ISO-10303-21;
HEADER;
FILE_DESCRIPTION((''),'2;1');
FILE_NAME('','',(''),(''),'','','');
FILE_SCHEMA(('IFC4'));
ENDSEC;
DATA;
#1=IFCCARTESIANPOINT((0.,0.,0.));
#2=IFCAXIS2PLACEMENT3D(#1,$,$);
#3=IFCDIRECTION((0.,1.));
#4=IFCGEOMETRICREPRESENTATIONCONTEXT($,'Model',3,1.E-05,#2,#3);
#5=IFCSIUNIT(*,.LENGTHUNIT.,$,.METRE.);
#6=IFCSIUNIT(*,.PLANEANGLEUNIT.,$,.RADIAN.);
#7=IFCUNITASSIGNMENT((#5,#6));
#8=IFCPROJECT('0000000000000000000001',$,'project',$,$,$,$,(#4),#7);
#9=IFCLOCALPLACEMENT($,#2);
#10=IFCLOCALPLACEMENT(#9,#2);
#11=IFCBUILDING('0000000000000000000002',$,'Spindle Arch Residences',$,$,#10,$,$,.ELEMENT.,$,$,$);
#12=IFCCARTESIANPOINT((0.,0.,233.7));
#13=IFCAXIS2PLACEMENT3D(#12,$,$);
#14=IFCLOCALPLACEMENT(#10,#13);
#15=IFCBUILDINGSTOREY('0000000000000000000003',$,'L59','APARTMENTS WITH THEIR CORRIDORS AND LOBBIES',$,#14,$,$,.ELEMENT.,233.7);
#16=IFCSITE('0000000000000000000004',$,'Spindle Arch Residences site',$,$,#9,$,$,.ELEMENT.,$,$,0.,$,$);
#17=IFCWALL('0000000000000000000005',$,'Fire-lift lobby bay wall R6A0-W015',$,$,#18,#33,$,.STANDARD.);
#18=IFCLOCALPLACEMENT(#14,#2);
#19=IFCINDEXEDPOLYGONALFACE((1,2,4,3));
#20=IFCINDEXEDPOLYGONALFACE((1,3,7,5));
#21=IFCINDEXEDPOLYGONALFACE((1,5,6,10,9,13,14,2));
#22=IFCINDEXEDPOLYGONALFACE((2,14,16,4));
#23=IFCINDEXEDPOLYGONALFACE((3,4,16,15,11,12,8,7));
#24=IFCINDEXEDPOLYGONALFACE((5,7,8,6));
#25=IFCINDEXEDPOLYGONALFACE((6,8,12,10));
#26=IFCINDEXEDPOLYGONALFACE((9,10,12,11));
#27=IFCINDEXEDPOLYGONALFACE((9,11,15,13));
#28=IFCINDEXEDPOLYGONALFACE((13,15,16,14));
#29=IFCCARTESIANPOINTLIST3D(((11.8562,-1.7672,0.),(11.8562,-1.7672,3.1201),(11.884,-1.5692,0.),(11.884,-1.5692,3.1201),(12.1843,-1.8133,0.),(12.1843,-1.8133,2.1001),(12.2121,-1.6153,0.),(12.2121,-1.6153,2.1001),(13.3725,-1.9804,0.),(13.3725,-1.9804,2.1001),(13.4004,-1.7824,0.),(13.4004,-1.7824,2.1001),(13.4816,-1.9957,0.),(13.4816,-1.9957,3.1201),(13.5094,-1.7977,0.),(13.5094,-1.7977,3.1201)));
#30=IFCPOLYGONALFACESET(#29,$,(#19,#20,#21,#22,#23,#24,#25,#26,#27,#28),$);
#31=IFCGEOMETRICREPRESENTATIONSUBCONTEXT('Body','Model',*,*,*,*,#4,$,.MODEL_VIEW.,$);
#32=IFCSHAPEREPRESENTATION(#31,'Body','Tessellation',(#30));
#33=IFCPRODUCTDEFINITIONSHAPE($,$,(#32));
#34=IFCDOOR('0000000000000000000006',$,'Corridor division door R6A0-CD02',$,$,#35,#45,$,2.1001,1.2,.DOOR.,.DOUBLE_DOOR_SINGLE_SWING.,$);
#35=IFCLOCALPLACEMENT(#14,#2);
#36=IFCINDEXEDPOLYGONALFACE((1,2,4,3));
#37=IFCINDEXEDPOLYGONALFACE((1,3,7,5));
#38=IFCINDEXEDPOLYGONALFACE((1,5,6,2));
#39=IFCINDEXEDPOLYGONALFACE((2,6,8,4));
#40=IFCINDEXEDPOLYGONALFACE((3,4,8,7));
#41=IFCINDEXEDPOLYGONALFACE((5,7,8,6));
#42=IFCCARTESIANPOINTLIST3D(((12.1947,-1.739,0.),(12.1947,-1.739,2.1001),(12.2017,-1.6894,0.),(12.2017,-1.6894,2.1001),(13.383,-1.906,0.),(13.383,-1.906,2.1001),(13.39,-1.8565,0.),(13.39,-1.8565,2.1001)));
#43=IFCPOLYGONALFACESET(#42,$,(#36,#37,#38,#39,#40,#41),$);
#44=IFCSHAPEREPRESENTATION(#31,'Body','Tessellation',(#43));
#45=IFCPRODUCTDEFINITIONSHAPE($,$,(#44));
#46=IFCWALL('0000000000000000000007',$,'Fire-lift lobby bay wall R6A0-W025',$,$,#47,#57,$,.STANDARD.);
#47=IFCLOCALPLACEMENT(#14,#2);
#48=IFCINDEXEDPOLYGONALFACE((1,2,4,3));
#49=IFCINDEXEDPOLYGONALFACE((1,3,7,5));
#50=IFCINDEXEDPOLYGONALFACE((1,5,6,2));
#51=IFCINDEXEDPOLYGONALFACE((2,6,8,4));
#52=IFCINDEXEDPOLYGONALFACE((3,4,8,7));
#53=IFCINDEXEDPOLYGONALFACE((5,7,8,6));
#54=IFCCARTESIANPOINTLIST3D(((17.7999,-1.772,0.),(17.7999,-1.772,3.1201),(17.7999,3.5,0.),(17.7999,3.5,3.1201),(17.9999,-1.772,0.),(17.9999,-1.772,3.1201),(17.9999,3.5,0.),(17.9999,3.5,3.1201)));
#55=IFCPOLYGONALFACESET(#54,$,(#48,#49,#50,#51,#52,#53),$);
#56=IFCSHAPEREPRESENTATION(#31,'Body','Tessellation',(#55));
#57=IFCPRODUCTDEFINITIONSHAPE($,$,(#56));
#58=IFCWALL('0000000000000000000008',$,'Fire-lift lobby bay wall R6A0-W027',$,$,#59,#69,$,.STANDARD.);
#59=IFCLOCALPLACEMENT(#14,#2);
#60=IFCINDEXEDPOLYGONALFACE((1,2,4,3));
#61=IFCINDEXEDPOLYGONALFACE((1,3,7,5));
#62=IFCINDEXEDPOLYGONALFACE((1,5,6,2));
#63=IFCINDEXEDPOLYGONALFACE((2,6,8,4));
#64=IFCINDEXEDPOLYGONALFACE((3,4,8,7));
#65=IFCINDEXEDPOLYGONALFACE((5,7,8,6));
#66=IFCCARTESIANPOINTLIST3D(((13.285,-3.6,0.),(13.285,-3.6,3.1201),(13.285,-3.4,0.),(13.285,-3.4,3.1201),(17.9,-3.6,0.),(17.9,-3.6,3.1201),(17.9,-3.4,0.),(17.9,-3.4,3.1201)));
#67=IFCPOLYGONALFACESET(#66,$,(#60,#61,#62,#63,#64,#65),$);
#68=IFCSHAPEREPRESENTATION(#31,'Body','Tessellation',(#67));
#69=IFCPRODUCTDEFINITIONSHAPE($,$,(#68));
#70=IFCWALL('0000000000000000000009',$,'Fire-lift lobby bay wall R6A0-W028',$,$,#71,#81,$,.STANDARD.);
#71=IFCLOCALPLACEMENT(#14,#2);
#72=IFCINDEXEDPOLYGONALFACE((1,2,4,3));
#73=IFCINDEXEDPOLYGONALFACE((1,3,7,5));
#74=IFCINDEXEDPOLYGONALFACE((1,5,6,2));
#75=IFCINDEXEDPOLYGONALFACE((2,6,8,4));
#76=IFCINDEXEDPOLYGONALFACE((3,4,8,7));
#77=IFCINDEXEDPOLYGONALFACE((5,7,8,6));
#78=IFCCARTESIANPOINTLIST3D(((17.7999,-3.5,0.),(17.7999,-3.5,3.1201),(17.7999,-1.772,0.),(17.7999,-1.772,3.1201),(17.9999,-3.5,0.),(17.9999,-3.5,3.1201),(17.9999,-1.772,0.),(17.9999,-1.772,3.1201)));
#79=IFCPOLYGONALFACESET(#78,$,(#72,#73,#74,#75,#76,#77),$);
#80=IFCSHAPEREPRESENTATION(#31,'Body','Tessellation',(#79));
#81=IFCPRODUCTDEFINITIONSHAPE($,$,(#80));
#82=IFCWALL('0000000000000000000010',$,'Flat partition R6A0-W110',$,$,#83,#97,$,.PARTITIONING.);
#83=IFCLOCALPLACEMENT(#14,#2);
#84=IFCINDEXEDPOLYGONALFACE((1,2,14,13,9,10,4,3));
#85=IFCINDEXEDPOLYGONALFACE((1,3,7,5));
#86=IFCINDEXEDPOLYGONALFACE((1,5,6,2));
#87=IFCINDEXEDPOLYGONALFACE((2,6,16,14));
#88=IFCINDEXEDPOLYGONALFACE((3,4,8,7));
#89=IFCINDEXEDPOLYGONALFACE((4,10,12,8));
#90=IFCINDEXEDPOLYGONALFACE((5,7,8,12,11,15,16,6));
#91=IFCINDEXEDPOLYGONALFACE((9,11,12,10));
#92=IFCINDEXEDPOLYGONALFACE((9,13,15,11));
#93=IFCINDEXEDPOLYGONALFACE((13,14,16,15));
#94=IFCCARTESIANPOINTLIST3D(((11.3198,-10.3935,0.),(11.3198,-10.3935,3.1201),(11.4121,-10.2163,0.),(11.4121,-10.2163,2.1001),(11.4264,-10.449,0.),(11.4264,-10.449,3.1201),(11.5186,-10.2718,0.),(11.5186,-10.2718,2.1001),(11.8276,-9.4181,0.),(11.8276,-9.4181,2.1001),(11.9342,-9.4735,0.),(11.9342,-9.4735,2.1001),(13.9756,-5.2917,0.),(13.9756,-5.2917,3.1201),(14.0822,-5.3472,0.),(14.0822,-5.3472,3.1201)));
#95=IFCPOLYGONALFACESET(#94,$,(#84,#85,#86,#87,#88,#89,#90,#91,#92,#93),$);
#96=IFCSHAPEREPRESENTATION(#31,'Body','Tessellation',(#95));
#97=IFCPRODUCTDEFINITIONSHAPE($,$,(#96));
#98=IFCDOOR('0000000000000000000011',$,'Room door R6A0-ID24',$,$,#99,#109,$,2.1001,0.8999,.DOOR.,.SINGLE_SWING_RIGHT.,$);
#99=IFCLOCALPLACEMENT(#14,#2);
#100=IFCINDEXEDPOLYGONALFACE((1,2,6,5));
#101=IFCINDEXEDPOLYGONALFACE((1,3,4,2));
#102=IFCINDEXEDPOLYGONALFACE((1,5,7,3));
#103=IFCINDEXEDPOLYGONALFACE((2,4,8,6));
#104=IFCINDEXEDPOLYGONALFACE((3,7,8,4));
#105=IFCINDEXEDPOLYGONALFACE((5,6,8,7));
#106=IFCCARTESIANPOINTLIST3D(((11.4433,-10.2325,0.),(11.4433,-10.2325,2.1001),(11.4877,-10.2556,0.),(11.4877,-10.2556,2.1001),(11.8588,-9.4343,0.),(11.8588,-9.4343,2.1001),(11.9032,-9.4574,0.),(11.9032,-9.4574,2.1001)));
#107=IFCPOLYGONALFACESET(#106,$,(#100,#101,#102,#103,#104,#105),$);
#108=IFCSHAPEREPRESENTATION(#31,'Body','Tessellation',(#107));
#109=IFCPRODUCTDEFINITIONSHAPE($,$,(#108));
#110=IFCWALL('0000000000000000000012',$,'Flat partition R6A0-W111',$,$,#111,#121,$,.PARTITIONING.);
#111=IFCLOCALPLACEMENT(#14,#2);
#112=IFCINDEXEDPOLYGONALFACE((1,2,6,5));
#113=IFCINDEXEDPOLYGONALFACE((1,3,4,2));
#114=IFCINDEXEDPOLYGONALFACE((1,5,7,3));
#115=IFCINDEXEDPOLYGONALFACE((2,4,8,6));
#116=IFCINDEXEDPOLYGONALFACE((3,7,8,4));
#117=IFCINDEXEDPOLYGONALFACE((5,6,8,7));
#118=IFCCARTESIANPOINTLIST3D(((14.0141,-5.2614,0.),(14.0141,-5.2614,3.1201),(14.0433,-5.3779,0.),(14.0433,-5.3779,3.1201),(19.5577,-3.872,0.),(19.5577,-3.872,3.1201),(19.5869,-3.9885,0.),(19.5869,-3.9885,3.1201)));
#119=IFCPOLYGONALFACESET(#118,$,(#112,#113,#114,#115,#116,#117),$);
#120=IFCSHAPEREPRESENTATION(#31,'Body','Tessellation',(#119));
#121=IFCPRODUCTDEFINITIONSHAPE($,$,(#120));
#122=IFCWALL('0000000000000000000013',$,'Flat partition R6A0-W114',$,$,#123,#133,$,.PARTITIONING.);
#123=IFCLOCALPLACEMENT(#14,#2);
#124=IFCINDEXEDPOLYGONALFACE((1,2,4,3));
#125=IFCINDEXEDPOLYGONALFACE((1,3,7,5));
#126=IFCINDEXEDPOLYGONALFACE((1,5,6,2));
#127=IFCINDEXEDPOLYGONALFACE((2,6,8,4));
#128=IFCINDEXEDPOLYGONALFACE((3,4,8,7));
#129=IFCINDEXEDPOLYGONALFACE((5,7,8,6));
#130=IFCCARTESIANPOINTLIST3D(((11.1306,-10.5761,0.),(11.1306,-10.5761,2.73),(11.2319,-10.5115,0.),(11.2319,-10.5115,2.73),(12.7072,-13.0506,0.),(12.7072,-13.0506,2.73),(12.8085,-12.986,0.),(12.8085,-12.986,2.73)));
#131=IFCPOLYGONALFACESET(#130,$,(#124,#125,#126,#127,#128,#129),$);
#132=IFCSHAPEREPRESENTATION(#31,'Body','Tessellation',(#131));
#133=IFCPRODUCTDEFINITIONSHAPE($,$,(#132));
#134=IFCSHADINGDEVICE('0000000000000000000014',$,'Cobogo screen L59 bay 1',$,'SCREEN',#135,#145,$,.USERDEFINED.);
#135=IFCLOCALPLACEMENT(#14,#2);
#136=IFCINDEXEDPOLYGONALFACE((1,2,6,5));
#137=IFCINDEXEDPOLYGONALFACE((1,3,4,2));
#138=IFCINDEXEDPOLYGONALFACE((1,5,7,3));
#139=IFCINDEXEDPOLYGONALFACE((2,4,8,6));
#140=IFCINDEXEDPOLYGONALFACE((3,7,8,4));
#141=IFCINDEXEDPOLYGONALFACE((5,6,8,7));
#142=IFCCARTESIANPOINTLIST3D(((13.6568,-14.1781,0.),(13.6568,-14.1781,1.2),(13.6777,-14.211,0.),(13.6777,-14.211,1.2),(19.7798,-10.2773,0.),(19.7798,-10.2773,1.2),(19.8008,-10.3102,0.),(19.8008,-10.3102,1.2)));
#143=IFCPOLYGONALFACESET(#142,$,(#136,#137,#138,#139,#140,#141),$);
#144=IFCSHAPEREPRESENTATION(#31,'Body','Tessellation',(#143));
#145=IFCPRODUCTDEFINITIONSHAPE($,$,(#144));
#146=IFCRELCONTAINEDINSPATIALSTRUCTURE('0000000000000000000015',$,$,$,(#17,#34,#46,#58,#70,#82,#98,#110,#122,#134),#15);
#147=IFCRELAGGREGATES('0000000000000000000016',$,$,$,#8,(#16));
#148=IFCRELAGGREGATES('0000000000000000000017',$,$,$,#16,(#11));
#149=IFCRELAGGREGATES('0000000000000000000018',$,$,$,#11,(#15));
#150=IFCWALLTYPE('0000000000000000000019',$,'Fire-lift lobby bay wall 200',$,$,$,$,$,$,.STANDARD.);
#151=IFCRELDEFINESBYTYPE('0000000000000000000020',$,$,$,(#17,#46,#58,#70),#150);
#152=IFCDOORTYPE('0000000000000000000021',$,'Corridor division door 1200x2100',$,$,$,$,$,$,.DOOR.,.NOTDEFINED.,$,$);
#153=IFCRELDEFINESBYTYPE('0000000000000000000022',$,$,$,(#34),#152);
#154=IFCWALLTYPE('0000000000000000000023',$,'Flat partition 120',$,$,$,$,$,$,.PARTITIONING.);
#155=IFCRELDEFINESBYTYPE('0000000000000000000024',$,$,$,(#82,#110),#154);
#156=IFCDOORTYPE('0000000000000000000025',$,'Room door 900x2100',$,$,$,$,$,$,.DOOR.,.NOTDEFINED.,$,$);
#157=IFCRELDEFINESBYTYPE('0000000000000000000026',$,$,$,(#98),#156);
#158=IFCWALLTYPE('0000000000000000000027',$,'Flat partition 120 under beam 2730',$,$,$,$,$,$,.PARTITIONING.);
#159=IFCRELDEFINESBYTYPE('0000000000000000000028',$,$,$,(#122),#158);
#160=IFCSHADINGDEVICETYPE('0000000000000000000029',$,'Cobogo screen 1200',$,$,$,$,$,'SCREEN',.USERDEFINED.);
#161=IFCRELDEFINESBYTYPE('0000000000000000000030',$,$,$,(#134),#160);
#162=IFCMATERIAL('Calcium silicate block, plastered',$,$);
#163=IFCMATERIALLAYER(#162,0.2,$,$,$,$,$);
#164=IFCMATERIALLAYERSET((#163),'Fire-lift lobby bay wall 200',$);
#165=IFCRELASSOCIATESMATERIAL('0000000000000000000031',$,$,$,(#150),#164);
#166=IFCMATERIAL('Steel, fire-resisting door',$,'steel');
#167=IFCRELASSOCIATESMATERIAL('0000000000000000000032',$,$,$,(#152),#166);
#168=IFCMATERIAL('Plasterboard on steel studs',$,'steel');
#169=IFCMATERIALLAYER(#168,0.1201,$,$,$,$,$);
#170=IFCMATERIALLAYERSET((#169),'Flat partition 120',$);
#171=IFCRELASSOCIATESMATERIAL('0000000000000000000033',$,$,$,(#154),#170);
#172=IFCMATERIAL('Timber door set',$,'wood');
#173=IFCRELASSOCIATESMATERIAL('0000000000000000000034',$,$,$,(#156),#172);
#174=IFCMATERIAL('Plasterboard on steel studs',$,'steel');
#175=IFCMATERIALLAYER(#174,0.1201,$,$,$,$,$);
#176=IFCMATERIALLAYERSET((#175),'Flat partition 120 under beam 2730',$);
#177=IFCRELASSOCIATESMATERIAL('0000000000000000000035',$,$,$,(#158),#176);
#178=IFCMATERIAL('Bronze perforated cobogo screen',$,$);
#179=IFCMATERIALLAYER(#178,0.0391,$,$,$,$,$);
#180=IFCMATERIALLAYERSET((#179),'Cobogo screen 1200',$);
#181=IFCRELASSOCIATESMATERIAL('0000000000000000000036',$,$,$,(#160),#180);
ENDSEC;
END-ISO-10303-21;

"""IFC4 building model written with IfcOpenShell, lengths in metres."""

from ifc_helpers import new_model, si_unit, direction, frame, frame_2d, origin, origin_2d, place, context, subcontext, project, spatial, rectangle, extrude, material, layer, layer_set, type_object, element, fill, save


model = new_model("IFC4")

# Units and contexts
model_context = context("Model", 3, precision=1e-05, world=origin(), true_north=direction((0.0, 1.0)))
body_context = subcontext(model_context, "Body", "Model", "MODEL_VIEW")
ifc_project = project(units=[si_unit("LENGTHUNIT", "METRE"), si_unit("PLANEANGLEUNIT", "RADIAN")], contexts=[model_context])

# Site, building, storey
site_placement = place(None, origin())
site = spatial("IfcSite", under=ifc_project, at=site_placement, Name="Spindle Arch Residences site", CompositionType="ELEMENT", RefElevation=0.0)
building_placement = place(site_placement, origin())
building = spatial("IfcBuilding", under=site, at=building_placement, Name="Spindle Arch Residences", CompositionType="ELEMENT")
storey_placement = place(building_placement, frame((0.0, 0.0, 233.7)))
storey = spatial("IfcBuildingStorey", under=building, at=storey_placement, Name="L59", Description="APARTMENTS WITH THEIR CORRIDORS AND LOBBIES", CompositionType="ELEMENT", Elevation=233.7)

# Shared definitions
ifc_material_1 = material(Name="Calcium silicate block, plastered")
ifc_layer_1 = layer(ifc_material_1, 0.2)
ifc_layer_set_1 = layer_set([ifc_layer_1], Name="Fire-lift lobby bay wall 200")
wall_type_1 = type_object("IfcWallType", Name="Fire-lift lobby bay wall 200", PredefinedType="STANDARD", material=ifc_layer_set_1)

# Wall, opening, door
wall_1_placement = place(storey_placement, frame((13.4956, -1.8967, 0.0), z_axis=(0.0, 0.0, 1.0), x_axis=(-0.990262, 0.139214, 0.0)))
wall_1 = element("IfcWall", 1, at=wall_1_placement, inside=storey, type_object=wall_type_1, Name="Fire-lift lobby bay wall R6A0-W015", PredefinedType="STANDARD", context=body_context, shape_type="SweptSolid", body=[
    extrude(rectangle(XDim=1.6414, YDim=0.2, at=frame_2d((0.8208, 0.0))), origin(), (0.0, 0.0, 1.0), 3.1201),
])
opening_1_placement = place(wall_1_placement, frame((0.1101, 0.0, 0.0)))
opening_1 = element("IfcOpeningElement", 2, at=opening_1_placement, cuts=wall_1, PredefinedType="OPENING", context=body_context, shape_type="SweptSolid", body=[
    extrude(rectangle(XDim=1.2, YDim=2.1001, at=frame_2d((0.6001, 1.05))), frame((0.0, 0.1099, 0.0), z_axis=(0.0, -1.0, 0.0), x_axis=(1.0, 0.0, 0.0)), (0.0, 0.0, 1.0), 0.22),
])
ifc_material_2 = material(Name="Steel, fire-resisting door", Category="steel")
door_type_1 = type_object("IfcDoorType", Name="Corridor division door 1200x2100", OperationType="NOTDEFINED", PredefinedType="DOOR", material=ifc_material_2)
door_1_placement = place(opening_1_placement, origin())
door_1 = element("IfcDoor", 3, at=door_1_placement, inside=storey, type_object=door_type_1, Name="Corridor division door R6A0-CD02", OperationType="DOUBLE_DOOR_SINGLE_SWING", OverallHeight=2.1001, OverallWidth=1.2, PredefinedType="DOOR", context=body_context, shape_type="SweptSolid", body=[
    extrude(rectangle(XDim=1.2, YDim=2.1001, at=frame_2d((0.6001, 1.05))), frame((0.0, 0.0249, 0.0), z_axis=(0.0, -1.0, 0.0), x_axis=(1.0, 0.0, 0.0)), (0.0, 0.0, 1.0), 0.05),
])
fill(opening_1, door_1)

# Walls
wall_2_placement = place(storey_placement, frame((17.8999, -1.772, 0.0), z_axis=(0.0, 0.0, 1.0), x_axis=(0.0, 1.0, 0.0)))
element("IfcWall", 4, at=wall_2_placement, inside=storey, type_object=wall_type_1, Name="Fire-lift lobby bay wall R6A0-W025", PredefinedType="STANDARD", context=body_context, shape_type="SweptSolid", body=[
    extrude(rectangle(XDim=5.272, YDim=0.2, at=frame_2d((2.636, 0.0))), origin(), (0.0, 0.0, 1.0), 3.1201),
])
wall_3_placement = place(storey_placement, frame((13.2849, -3.5, 0.0), z_axis=(0.0, 0.0, 1.0), x_axis=(1.0, 0.0, 0.0)))
element("IfcWall", 5, at=wall_3_placement, inside=storey, type_object=wall_type_1, Name="Fire-lift lobby bay wall R6A0-W027", PredefinedType="STANDARD", context=body_context, shape_type="SweptSolid", body=[
    extrude(rectangle(XDim=4.615, YDim=0.2, at=frame_2d((2.3076, 0.0))), origin(), (0.0, 0.0, 1.0), 3.1201),
])
wall_4_placement = place(storey_placement, frame((17.8999, -3.5, 0.0), z_axis=(0.0, 0.0, 1.0), x_axis=(0.0, 1.0, 0.0)))
element("IfcWall", 6, at=wall_4_placement, inside=storey, type_object=wall_type_1, Name="Fire-lift lobby bay wall R6A0-W028", PredefinedType="STANDARD", context=body_context, shape_type="SweptSolid", body=[
    extrude(rectangle(XDim=1.728, YDim=0.2, at=frame_2d((0.864, 0.0))), origin(), (0.0, 0.0, 1.0), 3.1201),
])

# Wall, opening, door
ifc_material_3 = material(Name="Plasterboard on steel studs", Category="steel")
ifc_layer_2 = layer(ifc_material_3, 0.1201)
ifc_layer_set_2 = layer_set([ifc_layer_2], Name="Flat partition 120")
wall_type_2 = type_object("IfcWallType", Name="Flat partition 120", PredefinedType="PARTITIONING", material=ifc_layer_set_2)
wall_5_placement = place(storey_placement, frame((11.373, -10.4214, 0.0), z_axis=(0.0, 0.0, 1.0), x_axis=(0.461739, 0.887016, 0.0)))
wall_5 = element("IfcWall", 7, at=wall_5_placement, inside=storey, type_object=wall_type_2, Name="Flat partition R6A0-W110", PredefinedType="PARTITIONING", context=body_context, shape_type="SweptSolid", body=[
    extrude(rectangle(XDim=5.7517, YDim=0.1201, at=frame_2d((2.876, 0.0))), origin(), (0.0, 0.0, 1.0), 3.1201),
])
opening_2_placement = place(wall_5_placement, frame((0.2, 0.0, 0.0)))
opening_2 = element("IfcOpeningElement", 8, at=opening_2_placement, cuts=wall_5, PredefinedType="OPENING", context=body_context, shape_type="SweptSolid", body=[
    extrude(rectangle(XDim=0.8999, YDim=2.1001, at=frame_2d((0.45, 1.05))), frame((0.0, 0.0701, 0.0), z_axis=(0.0, -1.0, 0.0), x_axis=(1.0, 0.0, 0.0)), (0.0, 0.0, 1.0), 0.1401),
])
ifc_material_4 = material(Name="Timber door set", Category="wood")
door_type_2 = type_object("IfcDoorType", Name="Room door 900x2100", OperationType="NOTDEFINED", PredefinedType="DOOR", material=ifc_material_4)
door_2_placement = place(opening_2_placement, origin())
door_2 = element("IfcDoor", 9, at=door_2_placement, inside=storey, type_object=door_type_2, Name="Room door R6A0-ID24", OperationType="SINGLE_SWING_RIGHT", OverallHeight=2.1001, OverallWidth=0.8999, PredefinedType="DOOR", context=body_context, shape_type="SweptSolid", body=[
    extrude(rectangle(XDim=0.8999, YDim=2.1001, at=frame_2d((0.45, 1.05))), frame((0.0, 0.0249, 0.0), z_axis=(0.0, -1.0, 0.0), x_axis=(1.0, 0.0, 0.0)), (0.0, 0.0, 1.0), 0.05),
])
fill(opening_2, door_2)

# Walls
wall_6_placement = place(storey_placement, frame((14.0288, -5.3196, 0.0), z_axis=(0.0, 0.0, 1.0), x_axis=(0.969999, 0.243109, 0.0)))
element("IfcWall", 10, at=wall_6_placement, inside=storey, type_object=wall_type_2, Name="Flat partition R6A0-W111", PredefinedType="PARTITIONING", context=body_context, shape_type="SweptSolid", body=[
    extrude(rectangle(XDim=5.7151, YDim=0.1201, at=frame_2d((2.8574, 0.0))), origin(), (0.0, 0.0, 1.0), 3.1201),
])
ifc_material_5 = material(Name="Plasterboard on steel studs", Category="steel")
ifc_layer_3 = layer(ifc_material_5, 0.1201)
ifc_layer_set_3 = layer_set([ifc_layer_3], Name="Flat partition 120 under beam 2730")
wall_type_3 = type_object("IfcWallType", Name="Flat partition 120 under beam 2730", PredefinedType="PARTITIONING", material=ifc_layer_set_3)
wall_7_placement = place(storey_placement, frame((12.7578, -13.0183, 0.0), z_axis=(0.0, 0.0, 1.0), x_axis=(-0.537338, 0.843367, 0.0)))
element("IfcWall", 11, at=wall_7_placement, inside=storey, type_object=wall_type_3, Name="Flat partition R6A0-W114", PredefinedType="PARTITIONING", context=body_context, shape_type="SweptSolid", body=[
    extrude(rectangle(XDim=2.9341, YDim=0.1201, at=frame_2d((1.467, 0.0))), origin(), (0.0, 0.0, 1.0), 2.73),
])

# Shading device
ifc_material_6 = material(Name="Bronze perforated cobogo screen")
ifc_layer_4 = layer(ifc_material_6, 0.0391)
ifc_layer_set_4 = layer_set([ifc_layer_4], Name="Cobogo screen 1200")
shading_device_type = type_object("IfcShadingDeviceType", Name="Cobogo screen 1200", ElementType="SCREEN", PredefinedType="USERDEFINED", material=ifc_layer_set_4)
shading_device_placement = place(storey_placement, frame((16.7288, -12.2441, 0.0), z_axis=(0.0, 0.0, 1.0), x_axis=(0.843391, 0.5373, 0.0)))
element("IfcShadingDevice", 12, at=shading_device_placement, inside=storey, type_object=shading_device_type, Name="Cobogo screen L59 bay 1", ObjectType="SCREEN", PredefinedType="USERDEFINED", context=body_context, shape_type="SweptSolid", body=[
    extrude(rectangle(XDim=7.26, YDim=0.0391, at=origin_2d()), origin(), (0.0, 0.0, 1.0), 1.2),
])

save(model, "model.ifc")
